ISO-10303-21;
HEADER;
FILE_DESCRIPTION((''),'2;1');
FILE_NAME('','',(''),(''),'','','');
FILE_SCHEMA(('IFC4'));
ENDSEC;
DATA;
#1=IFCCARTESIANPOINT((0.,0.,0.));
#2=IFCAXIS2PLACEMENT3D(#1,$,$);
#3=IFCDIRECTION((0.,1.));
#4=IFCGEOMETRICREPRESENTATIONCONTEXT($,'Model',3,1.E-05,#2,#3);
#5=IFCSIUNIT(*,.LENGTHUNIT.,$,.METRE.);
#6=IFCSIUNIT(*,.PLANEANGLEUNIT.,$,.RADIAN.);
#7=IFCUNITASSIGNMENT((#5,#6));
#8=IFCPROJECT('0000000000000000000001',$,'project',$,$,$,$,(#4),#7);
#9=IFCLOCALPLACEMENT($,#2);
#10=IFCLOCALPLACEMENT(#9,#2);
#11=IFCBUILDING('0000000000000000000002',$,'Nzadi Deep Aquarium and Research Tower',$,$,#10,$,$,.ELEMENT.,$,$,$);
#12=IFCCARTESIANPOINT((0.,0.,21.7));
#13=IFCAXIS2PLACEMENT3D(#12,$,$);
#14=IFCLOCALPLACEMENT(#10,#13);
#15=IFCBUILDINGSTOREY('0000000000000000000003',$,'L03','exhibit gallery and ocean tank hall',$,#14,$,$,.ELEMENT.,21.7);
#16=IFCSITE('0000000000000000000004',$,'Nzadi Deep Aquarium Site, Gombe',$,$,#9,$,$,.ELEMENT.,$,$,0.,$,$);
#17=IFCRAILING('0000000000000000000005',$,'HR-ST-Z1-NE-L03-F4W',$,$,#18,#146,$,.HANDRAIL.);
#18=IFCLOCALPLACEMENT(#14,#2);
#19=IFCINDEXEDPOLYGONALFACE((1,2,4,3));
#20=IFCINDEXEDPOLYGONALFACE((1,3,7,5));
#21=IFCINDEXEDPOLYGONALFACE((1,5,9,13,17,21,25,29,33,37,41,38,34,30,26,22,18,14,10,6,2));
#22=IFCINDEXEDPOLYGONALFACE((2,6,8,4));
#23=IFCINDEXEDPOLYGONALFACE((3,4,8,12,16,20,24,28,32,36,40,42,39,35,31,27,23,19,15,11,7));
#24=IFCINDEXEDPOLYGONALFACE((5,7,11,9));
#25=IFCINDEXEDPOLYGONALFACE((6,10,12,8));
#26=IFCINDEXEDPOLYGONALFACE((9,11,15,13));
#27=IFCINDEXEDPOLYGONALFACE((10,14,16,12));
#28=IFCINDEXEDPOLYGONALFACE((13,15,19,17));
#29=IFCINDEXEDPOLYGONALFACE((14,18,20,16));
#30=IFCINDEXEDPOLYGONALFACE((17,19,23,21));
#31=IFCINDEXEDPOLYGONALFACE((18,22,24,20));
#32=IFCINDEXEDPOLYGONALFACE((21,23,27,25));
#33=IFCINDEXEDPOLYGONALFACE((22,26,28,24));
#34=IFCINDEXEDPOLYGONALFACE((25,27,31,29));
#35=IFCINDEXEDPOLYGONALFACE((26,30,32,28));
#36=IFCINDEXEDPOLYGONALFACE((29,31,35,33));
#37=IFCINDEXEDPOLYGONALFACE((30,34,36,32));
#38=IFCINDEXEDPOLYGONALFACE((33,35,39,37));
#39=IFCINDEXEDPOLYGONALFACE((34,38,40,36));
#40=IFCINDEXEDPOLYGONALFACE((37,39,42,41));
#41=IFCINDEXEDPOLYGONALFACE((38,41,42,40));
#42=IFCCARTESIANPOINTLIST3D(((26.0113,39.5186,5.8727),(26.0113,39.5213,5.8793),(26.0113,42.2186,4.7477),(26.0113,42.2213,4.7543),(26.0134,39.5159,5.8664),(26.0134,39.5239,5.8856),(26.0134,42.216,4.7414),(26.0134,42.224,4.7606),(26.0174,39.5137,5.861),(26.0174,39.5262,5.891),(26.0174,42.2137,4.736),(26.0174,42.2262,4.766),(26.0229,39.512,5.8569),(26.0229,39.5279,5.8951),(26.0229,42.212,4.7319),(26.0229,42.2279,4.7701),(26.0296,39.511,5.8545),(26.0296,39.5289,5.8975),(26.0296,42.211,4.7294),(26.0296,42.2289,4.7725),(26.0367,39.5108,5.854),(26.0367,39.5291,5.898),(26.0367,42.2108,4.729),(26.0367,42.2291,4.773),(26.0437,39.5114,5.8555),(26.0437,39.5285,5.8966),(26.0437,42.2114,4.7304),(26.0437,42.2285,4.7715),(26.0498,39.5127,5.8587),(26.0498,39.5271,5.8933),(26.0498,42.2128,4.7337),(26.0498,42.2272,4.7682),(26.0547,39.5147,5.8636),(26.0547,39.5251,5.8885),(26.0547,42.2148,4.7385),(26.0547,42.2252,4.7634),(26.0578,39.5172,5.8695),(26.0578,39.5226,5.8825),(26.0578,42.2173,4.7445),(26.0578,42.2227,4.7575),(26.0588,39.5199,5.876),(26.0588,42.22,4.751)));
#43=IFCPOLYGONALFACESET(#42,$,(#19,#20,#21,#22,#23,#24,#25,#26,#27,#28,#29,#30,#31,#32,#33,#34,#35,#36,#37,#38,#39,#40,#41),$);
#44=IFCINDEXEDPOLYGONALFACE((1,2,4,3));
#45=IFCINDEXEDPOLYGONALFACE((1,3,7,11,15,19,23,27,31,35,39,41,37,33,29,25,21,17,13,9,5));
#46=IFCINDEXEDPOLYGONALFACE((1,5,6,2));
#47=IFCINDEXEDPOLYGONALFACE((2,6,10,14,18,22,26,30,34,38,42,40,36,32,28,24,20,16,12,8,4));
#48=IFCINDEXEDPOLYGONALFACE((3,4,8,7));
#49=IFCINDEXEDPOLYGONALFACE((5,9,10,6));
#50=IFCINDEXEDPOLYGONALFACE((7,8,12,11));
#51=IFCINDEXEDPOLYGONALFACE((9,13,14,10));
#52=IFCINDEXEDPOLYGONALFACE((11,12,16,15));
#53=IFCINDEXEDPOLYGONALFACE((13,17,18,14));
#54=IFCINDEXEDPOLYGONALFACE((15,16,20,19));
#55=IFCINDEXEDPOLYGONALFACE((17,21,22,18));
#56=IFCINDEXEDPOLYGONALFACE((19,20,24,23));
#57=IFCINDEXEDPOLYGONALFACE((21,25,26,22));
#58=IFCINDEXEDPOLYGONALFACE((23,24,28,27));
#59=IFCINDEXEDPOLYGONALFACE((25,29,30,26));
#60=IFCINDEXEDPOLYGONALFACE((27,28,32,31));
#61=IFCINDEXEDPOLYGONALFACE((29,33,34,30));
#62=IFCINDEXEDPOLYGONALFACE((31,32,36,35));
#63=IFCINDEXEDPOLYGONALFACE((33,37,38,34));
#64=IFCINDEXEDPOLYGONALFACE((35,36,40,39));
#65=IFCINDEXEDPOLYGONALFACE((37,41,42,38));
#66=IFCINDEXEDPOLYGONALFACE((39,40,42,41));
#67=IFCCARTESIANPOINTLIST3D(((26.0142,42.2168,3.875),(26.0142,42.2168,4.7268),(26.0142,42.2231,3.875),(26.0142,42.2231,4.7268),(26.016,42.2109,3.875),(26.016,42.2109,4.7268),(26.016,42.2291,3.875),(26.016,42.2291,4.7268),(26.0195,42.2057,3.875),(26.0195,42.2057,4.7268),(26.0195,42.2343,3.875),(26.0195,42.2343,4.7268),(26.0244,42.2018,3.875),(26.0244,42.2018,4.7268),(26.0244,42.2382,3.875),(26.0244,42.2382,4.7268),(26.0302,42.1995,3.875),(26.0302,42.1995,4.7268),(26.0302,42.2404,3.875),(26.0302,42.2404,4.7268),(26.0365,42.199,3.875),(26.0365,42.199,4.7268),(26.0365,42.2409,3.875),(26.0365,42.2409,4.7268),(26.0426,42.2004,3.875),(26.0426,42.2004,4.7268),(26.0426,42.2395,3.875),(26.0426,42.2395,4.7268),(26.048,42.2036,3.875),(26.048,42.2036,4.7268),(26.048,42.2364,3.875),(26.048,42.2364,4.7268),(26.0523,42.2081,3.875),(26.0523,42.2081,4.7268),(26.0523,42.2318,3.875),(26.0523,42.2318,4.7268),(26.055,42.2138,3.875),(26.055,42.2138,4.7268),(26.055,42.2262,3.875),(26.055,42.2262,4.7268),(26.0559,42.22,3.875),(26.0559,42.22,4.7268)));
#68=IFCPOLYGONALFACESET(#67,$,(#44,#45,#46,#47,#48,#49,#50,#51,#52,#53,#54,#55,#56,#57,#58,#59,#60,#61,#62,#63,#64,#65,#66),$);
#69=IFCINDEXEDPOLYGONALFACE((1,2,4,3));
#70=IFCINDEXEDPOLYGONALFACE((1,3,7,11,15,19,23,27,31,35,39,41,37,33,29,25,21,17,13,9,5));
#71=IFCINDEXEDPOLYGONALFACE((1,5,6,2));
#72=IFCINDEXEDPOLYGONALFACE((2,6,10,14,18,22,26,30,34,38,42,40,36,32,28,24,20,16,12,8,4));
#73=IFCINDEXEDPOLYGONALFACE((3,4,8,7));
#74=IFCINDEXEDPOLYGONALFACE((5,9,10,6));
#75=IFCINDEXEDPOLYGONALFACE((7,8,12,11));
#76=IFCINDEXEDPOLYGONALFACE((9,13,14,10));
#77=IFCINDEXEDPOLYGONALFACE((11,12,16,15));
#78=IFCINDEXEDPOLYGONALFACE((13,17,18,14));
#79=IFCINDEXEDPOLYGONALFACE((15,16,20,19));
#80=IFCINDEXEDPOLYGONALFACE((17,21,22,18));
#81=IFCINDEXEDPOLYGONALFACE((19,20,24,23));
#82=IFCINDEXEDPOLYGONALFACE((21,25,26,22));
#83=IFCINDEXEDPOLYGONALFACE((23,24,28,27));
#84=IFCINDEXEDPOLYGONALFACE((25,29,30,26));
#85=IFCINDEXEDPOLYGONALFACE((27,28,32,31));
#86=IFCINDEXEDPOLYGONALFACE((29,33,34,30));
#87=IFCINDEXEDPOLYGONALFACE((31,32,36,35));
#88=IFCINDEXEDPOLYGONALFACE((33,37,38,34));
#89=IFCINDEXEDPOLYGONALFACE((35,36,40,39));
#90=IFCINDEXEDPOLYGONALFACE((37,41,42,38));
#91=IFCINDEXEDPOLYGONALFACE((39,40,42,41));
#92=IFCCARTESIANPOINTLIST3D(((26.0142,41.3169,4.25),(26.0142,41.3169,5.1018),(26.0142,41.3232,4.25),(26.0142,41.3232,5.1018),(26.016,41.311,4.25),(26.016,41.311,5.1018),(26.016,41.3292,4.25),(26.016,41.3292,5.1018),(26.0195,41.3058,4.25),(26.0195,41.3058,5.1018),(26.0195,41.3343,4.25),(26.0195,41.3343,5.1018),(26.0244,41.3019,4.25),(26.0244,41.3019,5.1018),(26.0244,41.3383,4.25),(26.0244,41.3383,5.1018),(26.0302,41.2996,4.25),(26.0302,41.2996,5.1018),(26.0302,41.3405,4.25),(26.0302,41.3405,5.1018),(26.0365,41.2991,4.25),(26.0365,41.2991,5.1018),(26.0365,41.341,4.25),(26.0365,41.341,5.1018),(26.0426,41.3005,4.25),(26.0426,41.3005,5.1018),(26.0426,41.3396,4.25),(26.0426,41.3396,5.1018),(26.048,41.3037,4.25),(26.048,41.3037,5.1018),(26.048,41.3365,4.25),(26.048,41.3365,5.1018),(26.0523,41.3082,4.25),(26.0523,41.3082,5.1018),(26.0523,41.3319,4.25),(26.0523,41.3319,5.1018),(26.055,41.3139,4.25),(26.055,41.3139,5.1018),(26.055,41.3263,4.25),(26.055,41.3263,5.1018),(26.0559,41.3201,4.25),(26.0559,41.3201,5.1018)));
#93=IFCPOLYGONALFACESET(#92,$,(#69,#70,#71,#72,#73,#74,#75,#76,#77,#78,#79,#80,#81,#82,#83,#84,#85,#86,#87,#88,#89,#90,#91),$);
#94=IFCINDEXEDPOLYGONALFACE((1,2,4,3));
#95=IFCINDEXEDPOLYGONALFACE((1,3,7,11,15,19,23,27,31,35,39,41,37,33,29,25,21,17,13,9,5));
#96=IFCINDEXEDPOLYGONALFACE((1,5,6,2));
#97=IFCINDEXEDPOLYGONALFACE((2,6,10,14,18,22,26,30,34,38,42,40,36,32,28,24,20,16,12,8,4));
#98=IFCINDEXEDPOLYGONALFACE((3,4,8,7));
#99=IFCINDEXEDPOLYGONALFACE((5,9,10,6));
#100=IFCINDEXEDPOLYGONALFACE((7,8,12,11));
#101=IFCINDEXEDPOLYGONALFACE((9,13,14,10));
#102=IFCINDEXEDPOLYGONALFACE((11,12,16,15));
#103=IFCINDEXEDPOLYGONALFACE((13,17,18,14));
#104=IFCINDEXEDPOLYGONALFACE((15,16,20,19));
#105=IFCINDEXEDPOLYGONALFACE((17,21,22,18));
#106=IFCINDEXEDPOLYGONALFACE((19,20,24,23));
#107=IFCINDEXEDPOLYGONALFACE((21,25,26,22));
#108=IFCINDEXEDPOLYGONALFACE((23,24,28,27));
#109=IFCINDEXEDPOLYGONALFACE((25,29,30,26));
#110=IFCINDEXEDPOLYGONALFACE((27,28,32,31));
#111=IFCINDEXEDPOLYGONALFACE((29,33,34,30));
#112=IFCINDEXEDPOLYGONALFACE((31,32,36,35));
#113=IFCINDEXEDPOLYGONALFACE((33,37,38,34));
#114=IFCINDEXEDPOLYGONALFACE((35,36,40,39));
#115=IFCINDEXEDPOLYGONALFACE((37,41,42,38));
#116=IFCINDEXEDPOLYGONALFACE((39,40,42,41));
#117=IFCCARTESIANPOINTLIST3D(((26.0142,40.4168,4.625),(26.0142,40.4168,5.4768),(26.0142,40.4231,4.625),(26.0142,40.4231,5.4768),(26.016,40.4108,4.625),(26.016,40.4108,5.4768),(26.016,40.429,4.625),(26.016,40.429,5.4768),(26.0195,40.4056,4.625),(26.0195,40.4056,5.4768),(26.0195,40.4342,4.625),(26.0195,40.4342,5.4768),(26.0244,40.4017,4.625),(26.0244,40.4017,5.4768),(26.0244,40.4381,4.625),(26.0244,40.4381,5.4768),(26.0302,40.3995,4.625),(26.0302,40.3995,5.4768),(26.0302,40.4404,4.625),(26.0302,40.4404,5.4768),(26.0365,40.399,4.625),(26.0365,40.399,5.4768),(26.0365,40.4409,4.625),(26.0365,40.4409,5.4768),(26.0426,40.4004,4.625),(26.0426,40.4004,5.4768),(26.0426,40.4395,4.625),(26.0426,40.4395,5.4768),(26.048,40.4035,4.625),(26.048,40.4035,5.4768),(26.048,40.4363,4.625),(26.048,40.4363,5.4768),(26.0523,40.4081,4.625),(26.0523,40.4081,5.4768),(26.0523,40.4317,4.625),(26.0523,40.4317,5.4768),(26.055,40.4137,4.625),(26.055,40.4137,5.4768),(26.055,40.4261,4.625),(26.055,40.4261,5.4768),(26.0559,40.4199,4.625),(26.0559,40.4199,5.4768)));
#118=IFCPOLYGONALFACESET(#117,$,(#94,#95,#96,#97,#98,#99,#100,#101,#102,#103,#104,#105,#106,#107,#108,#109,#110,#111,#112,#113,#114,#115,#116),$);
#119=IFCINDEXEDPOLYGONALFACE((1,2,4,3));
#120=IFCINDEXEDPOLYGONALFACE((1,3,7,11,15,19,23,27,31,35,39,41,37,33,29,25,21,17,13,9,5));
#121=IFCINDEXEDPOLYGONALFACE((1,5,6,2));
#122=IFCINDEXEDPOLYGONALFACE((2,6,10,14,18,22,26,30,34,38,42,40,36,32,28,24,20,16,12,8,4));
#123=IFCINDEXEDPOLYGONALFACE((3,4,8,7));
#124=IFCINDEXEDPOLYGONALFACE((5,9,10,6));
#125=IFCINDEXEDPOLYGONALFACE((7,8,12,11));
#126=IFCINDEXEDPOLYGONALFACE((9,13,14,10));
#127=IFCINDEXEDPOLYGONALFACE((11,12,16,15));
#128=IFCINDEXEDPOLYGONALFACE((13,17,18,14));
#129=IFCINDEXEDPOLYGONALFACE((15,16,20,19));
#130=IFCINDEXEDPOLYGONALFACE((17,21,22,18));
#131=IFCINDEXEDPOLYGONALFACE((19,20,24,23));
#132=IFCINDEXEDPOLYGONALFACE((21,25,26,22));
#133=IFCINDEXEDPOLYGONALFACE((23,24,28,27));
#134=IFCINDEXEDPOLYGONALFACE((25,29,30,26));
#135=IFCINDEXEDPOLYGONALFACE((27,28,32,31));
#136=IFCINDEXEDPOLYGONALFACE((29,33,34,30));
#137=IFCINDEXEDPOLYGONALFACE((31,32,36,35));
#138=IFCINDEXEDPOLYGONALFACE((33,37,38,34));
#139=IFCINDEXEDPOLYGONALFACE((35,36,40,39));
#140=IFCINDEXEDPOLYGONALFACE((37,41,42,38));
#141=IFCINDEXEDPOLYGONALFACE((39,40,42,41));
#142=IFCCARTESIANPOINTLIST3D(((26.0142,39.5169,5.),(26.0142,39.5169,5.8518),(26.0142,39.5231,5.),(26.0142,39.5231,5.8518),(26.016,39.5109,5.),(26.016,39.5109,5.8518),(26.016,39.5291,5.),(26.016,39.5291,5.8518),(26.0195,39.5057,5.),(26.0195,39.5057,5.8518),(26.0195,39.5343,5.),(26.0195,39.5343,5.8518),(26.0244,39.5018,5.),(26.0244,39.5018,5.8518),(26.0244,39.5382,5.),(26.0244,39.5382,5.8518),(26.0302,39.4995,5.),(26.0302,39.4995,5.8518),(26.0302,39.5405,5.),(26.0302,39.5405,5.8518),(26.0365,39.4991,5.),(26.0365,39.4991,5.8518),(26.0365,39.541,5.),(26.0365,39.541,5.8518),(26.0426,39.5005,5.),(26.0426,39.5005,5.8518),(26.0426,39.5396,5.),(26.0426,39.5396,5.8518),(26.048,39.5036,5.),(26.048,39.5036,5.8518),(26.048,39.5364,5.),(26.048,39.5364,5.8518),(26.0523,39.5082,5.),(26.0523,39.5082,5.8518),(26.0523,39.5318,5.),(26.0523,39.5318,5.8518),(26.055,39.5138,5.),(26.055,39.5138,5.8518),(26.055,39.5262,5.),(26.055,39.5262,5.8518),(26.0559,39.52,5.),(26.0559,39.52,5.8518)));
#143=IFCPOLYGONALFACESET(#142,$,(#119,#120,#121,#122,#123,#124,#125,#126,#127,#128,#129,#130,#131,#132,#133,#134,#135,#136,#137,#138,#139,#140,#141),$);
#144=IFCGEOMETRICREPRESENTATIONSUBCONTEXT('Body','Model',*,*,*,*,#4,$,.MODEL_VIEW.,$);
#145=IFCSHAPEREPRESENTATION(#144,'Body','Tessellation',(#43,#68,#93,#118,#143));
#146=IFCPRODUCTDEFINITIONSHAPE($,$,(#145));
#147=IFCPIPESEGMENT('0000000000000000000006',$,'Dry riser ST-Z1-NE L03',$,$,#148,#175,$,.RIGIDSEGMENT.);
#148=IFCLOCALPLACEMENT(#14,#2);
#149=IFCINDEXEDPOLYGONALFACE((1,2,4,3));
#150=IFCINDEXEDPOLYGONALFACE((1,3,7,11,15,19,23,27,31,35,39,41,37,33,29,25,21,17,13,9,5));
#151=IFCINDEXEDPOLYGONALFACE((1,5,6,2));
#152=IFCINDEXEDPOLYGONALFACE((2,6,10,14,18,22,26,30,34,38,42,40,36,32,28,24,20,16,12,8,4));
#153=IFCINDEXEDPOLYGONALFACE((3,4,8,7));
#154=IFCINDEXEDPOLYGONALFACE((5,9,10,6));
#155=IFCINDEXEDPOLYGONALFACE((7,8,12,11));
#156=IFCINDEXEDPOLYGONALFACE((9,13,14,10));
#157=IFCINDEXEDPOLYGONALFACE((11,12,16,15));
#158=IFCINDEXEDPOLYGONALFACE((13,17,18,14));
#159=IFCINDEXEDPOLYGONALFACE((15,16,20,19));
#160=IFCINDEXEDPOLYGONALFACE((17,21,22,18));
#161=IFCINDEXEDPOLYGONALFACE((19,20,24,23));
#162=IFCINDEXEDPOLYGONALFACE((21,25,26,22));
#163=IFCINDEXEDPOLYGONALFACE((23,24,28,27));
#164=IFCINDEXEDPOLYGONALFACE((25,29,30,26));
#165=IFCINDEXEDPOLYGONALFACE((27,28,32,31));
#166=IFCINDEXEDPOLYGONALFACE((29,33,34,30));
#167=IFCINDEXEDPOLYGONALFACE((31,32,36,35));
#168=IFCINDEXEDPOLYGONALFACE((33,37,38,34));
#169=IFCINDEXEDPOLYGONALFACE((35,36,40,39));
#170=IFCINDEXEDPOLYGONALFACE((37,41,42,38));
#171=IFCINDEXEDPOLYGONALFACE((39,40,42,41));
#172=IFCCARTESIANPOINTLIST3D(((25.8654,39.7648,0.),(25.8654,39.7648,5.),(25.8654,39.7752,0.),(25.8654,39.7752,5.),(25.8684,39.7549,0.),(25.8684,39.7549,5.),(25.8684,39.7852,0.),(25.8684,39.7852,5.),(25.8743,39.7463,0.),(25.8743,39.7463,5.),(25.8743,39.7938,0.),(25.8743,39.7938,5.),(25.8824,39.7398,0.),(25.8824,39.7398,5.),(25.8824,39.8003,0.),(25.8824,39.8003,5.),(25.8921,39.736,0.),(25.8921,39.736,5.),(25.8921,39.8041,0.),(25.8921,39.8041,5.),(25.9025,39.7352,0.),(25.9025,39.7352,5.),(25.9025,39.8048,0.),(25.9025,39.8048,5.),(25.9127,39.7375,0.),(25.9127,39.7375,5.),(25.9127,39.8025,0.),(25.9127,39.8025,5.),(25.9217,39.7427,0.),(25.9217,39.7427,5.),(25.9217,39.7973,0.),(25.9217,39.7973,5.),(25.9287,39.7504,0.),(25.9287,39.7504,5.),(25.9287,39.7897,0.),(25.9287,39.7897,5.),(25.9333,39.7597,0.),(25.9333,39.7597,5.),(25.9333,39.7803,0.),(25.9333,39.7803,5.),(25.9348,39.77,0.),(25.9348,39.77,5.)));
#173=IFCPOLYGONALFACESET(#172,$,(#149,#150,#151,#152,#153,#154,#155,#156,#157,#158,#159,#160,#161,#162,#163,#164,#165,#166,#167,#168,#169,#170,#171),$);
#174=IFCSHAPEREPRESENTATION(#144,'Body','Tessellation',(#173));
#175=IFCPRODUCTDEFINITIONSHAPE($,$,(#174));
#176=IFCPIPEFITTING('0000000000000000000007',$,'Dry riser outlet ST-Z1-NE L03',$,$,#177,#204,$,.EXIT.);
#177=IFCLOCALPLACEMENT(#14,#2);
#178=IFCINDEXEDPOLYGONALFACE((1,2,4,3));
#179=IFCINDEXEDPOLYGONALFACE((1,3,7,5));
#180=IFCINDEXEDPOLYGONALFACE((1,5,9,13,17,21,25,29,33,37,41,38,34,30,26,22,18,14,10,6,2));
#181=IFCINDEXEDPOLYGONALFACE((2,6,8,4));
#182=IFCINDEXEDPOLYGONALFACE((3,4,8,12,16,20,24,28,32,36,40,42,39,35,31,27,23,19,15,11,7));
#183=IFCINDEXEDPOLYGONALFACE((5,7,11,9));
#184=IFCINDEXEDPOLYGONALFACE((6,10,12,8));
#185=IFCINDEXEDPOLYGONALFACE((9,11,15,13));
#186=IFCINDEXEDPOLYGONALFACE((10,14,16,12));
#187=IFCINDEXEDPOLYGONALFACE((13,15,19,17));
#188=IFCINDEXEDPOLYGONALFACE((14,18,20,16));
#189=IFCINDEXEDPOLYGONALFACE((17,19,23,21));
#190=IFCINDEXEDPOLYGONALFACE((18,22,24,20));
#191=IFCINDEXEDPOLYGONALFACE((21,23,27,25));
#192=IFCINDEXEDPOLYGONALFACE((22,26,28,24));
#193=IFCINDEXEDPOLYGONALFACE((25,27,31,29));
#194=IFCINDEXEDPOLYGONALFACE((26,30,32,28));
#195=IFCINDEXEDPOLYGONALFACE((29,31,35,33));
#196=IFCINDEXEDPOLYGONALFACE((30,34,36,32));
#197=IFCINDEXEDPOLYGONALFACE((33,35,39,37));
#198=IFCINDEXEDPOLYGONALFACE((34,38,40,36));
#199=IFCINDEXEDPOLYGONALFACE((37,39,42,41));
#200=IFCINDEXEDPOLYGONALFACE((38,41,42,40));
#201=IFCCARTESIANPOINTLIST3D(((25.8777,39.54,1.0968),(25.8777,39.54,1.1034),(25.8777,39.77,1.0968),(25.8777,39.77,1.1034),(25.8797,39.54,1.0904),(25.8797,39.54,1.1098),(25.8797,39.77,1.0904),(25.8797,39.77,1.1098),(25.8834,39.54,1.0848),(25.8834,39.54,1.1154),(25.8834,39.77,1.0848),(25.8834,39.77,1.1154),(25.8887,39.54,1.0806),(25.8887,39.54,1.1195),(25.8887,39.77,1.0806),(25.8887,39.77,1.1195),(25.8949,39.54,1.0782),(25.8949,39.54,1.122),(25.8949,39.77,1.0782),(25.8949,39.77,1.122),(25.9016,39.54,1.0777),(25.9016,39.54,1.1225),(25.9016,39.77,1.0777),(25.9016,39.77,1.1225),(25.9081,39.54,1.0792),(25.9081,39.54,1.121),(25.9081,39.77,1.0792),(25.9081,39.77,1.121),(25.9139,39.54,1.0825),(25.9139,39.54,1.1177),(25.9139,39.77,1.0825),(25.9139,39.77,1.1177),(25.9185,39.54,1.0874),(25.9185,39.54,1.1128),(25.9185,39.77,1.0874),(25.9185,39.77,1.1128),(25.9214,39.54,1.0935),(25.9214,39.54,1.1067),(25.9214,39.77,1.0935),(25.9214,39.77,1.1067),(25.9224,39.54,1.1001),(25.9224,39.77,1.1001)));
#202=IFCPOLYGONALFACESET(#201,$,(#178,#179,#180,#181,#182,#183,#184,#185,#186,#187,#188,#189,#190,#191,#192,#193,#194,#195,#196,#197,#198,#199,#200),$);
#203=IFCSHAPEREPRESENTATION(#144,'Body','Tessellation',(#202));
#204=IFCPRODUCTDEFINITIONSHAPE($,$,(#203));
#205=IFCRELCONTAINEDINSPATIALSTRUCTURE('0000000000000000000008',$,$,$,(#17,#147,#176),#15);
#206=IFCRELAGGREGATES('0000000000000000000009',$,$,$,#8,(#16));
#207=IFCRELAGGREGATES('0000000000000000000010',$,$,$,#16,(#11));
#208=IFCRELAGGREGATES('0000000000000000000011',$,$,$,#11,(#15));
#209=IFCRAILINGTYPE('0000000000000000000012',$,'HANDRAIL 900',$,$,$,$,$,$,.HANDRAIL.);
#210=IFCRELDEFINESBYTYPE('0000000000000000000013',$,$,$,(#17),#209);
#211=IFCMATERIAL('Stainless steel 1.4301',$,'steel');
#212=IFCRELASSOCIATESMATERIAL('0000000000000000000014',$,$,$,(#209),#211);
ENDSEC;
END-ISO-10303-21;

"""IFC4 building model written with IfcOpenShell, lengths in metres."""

from ifc_helpers import new_model, si_unit, direction, frame, origin, origin_2d, place, context, subcontext, project, spatial, circle, extrude, material, type_object, element, save


model = new_model("IFC4")

# Units and contexts
model_context = context("Model", 3, precision=1e-05, world=origin(), true_north=direction((0.0, 1.0)))
body_context = subcontext(model_context, "Body", "Model", "MODEL_VIEW")
ifc_project = project(units=[si_unit("LENGTHUNIT", "METRE"), si_unit("PLANEANGLEUNIT", "RADIAN")], contexts=[model_context])

# Site, building, storey
site_placement = place(None, origin())
site = spatial("IfcSite", under=ifc_project, at=site_placement, Name="Nzadi Deep Aquarium Site, Gombe", CompositionType="ELEMENT", RefElevation=0.0)
building_placement = place(site_placement, origin())
building = spatial("IfcBuilding", under=site, at=building_placement, Name="Nzadi Deep Aquarium and Research Tower", CompositionType="ELEMENT")
storey_placement = place(building_placement, frame((0.0, 0.0, 21.7)))
storey = spatial("IfcBuildingStorey", under=building, at=storey_placement, Name="L03", Description="exhibit gallery and ocean tank hall", CompositionType="ELEMENT", Elevation=21.7)

# Railing
ifc_material_1 = material(Name="Stainless steel 1.4301", Category="steel")
railing_type = type_object("IfcRailingType", Name="HANDRAIL 900", PredefinedType="HANDRAIL", material=ifc_material_1)
for number, where, name in (
    (1, (26.0349, 42.22, 3.875), "HR-ST-Z1-NE-L03-F4W"),
):
    element("IfcRailing", number, at=place(storey_placement, frame(where)), inside=storey, type_object=railing_type, Name=name, PredefinedType="HANDRAIL", context=body_context, shape_type="SweptSolid", body=[
        extrude(circle(Radius=0.0239, at=origin_2d()), frame((0.0, 0.0, 0.876), z_axis=(0.0, -0.923074, 0.384621), x_axis=(1.0, 0.0, 0.0)), (0.0, 0.0, 1.0), 2.925),
        extrude(circle(Radius=0.021, at=origin_2d()), origin(), (0.0, 0.0, 1.0), 0.8518),
        extrude(circle(Radius=0.021, at=origin_2d()), frame((0.0, -0.8999, 0.375)), (0.0, 0.0, 1.0), 0.8518),
        extrude(circle(Radius=0.021, at=origin_2d()), frame((0.0, -1.8, 0.75)), (0.0, 0.0, 1.0), 0.8518),
        extrude(circle(Radius=0.021, at=origin_2d()), frame((0.0, -2.7, 1.125)), (0.0, 0.0, 1.0), 0.8518),
    ])

# Pipe segment
pipe_segment_placement = place(storey_placement, frame((25.8999, 39.77, 0.0), z_axis=(0.0, 0.0, 1.0), x_axis=(1.0, 0.0, 0.0)))
element("IfcPipeSegment", 2, at=pipe_segment_placement, inside=storey, Name="Dry riser ST-Z1-NE L03", PredefinedType="RIGIDSEGMENT", context=body_context, shape_type="SweptSolid", body=[
    extrude(circle(Radius=0.0349, at=origin_2d()), origin(), (0.0, 0.0, 1.0), 5.0),
])

# Pipe fitting
pipe_fitting_placement = place(storey_placement, frame((25.8999, 39.77, 1.1001), z_axis=(0.0, -1.0, 0.0), x_axis=(1.0, 0.0, 0.0)))
element("IfcPipeFitting", 3, at=pipe_fitting_placement, inside=storey, Name="Dry riser outlet ST-Z1-NE L03", PredefinedType="EXIT", context=body_context, shape_type="SweptSolid", body=[
    extrude(circle(Radius=0.0225, at=origin_2d()), origin(), (0.0, 0.0, 1.0), 0.23),
])

save(model, "model.ifc")
